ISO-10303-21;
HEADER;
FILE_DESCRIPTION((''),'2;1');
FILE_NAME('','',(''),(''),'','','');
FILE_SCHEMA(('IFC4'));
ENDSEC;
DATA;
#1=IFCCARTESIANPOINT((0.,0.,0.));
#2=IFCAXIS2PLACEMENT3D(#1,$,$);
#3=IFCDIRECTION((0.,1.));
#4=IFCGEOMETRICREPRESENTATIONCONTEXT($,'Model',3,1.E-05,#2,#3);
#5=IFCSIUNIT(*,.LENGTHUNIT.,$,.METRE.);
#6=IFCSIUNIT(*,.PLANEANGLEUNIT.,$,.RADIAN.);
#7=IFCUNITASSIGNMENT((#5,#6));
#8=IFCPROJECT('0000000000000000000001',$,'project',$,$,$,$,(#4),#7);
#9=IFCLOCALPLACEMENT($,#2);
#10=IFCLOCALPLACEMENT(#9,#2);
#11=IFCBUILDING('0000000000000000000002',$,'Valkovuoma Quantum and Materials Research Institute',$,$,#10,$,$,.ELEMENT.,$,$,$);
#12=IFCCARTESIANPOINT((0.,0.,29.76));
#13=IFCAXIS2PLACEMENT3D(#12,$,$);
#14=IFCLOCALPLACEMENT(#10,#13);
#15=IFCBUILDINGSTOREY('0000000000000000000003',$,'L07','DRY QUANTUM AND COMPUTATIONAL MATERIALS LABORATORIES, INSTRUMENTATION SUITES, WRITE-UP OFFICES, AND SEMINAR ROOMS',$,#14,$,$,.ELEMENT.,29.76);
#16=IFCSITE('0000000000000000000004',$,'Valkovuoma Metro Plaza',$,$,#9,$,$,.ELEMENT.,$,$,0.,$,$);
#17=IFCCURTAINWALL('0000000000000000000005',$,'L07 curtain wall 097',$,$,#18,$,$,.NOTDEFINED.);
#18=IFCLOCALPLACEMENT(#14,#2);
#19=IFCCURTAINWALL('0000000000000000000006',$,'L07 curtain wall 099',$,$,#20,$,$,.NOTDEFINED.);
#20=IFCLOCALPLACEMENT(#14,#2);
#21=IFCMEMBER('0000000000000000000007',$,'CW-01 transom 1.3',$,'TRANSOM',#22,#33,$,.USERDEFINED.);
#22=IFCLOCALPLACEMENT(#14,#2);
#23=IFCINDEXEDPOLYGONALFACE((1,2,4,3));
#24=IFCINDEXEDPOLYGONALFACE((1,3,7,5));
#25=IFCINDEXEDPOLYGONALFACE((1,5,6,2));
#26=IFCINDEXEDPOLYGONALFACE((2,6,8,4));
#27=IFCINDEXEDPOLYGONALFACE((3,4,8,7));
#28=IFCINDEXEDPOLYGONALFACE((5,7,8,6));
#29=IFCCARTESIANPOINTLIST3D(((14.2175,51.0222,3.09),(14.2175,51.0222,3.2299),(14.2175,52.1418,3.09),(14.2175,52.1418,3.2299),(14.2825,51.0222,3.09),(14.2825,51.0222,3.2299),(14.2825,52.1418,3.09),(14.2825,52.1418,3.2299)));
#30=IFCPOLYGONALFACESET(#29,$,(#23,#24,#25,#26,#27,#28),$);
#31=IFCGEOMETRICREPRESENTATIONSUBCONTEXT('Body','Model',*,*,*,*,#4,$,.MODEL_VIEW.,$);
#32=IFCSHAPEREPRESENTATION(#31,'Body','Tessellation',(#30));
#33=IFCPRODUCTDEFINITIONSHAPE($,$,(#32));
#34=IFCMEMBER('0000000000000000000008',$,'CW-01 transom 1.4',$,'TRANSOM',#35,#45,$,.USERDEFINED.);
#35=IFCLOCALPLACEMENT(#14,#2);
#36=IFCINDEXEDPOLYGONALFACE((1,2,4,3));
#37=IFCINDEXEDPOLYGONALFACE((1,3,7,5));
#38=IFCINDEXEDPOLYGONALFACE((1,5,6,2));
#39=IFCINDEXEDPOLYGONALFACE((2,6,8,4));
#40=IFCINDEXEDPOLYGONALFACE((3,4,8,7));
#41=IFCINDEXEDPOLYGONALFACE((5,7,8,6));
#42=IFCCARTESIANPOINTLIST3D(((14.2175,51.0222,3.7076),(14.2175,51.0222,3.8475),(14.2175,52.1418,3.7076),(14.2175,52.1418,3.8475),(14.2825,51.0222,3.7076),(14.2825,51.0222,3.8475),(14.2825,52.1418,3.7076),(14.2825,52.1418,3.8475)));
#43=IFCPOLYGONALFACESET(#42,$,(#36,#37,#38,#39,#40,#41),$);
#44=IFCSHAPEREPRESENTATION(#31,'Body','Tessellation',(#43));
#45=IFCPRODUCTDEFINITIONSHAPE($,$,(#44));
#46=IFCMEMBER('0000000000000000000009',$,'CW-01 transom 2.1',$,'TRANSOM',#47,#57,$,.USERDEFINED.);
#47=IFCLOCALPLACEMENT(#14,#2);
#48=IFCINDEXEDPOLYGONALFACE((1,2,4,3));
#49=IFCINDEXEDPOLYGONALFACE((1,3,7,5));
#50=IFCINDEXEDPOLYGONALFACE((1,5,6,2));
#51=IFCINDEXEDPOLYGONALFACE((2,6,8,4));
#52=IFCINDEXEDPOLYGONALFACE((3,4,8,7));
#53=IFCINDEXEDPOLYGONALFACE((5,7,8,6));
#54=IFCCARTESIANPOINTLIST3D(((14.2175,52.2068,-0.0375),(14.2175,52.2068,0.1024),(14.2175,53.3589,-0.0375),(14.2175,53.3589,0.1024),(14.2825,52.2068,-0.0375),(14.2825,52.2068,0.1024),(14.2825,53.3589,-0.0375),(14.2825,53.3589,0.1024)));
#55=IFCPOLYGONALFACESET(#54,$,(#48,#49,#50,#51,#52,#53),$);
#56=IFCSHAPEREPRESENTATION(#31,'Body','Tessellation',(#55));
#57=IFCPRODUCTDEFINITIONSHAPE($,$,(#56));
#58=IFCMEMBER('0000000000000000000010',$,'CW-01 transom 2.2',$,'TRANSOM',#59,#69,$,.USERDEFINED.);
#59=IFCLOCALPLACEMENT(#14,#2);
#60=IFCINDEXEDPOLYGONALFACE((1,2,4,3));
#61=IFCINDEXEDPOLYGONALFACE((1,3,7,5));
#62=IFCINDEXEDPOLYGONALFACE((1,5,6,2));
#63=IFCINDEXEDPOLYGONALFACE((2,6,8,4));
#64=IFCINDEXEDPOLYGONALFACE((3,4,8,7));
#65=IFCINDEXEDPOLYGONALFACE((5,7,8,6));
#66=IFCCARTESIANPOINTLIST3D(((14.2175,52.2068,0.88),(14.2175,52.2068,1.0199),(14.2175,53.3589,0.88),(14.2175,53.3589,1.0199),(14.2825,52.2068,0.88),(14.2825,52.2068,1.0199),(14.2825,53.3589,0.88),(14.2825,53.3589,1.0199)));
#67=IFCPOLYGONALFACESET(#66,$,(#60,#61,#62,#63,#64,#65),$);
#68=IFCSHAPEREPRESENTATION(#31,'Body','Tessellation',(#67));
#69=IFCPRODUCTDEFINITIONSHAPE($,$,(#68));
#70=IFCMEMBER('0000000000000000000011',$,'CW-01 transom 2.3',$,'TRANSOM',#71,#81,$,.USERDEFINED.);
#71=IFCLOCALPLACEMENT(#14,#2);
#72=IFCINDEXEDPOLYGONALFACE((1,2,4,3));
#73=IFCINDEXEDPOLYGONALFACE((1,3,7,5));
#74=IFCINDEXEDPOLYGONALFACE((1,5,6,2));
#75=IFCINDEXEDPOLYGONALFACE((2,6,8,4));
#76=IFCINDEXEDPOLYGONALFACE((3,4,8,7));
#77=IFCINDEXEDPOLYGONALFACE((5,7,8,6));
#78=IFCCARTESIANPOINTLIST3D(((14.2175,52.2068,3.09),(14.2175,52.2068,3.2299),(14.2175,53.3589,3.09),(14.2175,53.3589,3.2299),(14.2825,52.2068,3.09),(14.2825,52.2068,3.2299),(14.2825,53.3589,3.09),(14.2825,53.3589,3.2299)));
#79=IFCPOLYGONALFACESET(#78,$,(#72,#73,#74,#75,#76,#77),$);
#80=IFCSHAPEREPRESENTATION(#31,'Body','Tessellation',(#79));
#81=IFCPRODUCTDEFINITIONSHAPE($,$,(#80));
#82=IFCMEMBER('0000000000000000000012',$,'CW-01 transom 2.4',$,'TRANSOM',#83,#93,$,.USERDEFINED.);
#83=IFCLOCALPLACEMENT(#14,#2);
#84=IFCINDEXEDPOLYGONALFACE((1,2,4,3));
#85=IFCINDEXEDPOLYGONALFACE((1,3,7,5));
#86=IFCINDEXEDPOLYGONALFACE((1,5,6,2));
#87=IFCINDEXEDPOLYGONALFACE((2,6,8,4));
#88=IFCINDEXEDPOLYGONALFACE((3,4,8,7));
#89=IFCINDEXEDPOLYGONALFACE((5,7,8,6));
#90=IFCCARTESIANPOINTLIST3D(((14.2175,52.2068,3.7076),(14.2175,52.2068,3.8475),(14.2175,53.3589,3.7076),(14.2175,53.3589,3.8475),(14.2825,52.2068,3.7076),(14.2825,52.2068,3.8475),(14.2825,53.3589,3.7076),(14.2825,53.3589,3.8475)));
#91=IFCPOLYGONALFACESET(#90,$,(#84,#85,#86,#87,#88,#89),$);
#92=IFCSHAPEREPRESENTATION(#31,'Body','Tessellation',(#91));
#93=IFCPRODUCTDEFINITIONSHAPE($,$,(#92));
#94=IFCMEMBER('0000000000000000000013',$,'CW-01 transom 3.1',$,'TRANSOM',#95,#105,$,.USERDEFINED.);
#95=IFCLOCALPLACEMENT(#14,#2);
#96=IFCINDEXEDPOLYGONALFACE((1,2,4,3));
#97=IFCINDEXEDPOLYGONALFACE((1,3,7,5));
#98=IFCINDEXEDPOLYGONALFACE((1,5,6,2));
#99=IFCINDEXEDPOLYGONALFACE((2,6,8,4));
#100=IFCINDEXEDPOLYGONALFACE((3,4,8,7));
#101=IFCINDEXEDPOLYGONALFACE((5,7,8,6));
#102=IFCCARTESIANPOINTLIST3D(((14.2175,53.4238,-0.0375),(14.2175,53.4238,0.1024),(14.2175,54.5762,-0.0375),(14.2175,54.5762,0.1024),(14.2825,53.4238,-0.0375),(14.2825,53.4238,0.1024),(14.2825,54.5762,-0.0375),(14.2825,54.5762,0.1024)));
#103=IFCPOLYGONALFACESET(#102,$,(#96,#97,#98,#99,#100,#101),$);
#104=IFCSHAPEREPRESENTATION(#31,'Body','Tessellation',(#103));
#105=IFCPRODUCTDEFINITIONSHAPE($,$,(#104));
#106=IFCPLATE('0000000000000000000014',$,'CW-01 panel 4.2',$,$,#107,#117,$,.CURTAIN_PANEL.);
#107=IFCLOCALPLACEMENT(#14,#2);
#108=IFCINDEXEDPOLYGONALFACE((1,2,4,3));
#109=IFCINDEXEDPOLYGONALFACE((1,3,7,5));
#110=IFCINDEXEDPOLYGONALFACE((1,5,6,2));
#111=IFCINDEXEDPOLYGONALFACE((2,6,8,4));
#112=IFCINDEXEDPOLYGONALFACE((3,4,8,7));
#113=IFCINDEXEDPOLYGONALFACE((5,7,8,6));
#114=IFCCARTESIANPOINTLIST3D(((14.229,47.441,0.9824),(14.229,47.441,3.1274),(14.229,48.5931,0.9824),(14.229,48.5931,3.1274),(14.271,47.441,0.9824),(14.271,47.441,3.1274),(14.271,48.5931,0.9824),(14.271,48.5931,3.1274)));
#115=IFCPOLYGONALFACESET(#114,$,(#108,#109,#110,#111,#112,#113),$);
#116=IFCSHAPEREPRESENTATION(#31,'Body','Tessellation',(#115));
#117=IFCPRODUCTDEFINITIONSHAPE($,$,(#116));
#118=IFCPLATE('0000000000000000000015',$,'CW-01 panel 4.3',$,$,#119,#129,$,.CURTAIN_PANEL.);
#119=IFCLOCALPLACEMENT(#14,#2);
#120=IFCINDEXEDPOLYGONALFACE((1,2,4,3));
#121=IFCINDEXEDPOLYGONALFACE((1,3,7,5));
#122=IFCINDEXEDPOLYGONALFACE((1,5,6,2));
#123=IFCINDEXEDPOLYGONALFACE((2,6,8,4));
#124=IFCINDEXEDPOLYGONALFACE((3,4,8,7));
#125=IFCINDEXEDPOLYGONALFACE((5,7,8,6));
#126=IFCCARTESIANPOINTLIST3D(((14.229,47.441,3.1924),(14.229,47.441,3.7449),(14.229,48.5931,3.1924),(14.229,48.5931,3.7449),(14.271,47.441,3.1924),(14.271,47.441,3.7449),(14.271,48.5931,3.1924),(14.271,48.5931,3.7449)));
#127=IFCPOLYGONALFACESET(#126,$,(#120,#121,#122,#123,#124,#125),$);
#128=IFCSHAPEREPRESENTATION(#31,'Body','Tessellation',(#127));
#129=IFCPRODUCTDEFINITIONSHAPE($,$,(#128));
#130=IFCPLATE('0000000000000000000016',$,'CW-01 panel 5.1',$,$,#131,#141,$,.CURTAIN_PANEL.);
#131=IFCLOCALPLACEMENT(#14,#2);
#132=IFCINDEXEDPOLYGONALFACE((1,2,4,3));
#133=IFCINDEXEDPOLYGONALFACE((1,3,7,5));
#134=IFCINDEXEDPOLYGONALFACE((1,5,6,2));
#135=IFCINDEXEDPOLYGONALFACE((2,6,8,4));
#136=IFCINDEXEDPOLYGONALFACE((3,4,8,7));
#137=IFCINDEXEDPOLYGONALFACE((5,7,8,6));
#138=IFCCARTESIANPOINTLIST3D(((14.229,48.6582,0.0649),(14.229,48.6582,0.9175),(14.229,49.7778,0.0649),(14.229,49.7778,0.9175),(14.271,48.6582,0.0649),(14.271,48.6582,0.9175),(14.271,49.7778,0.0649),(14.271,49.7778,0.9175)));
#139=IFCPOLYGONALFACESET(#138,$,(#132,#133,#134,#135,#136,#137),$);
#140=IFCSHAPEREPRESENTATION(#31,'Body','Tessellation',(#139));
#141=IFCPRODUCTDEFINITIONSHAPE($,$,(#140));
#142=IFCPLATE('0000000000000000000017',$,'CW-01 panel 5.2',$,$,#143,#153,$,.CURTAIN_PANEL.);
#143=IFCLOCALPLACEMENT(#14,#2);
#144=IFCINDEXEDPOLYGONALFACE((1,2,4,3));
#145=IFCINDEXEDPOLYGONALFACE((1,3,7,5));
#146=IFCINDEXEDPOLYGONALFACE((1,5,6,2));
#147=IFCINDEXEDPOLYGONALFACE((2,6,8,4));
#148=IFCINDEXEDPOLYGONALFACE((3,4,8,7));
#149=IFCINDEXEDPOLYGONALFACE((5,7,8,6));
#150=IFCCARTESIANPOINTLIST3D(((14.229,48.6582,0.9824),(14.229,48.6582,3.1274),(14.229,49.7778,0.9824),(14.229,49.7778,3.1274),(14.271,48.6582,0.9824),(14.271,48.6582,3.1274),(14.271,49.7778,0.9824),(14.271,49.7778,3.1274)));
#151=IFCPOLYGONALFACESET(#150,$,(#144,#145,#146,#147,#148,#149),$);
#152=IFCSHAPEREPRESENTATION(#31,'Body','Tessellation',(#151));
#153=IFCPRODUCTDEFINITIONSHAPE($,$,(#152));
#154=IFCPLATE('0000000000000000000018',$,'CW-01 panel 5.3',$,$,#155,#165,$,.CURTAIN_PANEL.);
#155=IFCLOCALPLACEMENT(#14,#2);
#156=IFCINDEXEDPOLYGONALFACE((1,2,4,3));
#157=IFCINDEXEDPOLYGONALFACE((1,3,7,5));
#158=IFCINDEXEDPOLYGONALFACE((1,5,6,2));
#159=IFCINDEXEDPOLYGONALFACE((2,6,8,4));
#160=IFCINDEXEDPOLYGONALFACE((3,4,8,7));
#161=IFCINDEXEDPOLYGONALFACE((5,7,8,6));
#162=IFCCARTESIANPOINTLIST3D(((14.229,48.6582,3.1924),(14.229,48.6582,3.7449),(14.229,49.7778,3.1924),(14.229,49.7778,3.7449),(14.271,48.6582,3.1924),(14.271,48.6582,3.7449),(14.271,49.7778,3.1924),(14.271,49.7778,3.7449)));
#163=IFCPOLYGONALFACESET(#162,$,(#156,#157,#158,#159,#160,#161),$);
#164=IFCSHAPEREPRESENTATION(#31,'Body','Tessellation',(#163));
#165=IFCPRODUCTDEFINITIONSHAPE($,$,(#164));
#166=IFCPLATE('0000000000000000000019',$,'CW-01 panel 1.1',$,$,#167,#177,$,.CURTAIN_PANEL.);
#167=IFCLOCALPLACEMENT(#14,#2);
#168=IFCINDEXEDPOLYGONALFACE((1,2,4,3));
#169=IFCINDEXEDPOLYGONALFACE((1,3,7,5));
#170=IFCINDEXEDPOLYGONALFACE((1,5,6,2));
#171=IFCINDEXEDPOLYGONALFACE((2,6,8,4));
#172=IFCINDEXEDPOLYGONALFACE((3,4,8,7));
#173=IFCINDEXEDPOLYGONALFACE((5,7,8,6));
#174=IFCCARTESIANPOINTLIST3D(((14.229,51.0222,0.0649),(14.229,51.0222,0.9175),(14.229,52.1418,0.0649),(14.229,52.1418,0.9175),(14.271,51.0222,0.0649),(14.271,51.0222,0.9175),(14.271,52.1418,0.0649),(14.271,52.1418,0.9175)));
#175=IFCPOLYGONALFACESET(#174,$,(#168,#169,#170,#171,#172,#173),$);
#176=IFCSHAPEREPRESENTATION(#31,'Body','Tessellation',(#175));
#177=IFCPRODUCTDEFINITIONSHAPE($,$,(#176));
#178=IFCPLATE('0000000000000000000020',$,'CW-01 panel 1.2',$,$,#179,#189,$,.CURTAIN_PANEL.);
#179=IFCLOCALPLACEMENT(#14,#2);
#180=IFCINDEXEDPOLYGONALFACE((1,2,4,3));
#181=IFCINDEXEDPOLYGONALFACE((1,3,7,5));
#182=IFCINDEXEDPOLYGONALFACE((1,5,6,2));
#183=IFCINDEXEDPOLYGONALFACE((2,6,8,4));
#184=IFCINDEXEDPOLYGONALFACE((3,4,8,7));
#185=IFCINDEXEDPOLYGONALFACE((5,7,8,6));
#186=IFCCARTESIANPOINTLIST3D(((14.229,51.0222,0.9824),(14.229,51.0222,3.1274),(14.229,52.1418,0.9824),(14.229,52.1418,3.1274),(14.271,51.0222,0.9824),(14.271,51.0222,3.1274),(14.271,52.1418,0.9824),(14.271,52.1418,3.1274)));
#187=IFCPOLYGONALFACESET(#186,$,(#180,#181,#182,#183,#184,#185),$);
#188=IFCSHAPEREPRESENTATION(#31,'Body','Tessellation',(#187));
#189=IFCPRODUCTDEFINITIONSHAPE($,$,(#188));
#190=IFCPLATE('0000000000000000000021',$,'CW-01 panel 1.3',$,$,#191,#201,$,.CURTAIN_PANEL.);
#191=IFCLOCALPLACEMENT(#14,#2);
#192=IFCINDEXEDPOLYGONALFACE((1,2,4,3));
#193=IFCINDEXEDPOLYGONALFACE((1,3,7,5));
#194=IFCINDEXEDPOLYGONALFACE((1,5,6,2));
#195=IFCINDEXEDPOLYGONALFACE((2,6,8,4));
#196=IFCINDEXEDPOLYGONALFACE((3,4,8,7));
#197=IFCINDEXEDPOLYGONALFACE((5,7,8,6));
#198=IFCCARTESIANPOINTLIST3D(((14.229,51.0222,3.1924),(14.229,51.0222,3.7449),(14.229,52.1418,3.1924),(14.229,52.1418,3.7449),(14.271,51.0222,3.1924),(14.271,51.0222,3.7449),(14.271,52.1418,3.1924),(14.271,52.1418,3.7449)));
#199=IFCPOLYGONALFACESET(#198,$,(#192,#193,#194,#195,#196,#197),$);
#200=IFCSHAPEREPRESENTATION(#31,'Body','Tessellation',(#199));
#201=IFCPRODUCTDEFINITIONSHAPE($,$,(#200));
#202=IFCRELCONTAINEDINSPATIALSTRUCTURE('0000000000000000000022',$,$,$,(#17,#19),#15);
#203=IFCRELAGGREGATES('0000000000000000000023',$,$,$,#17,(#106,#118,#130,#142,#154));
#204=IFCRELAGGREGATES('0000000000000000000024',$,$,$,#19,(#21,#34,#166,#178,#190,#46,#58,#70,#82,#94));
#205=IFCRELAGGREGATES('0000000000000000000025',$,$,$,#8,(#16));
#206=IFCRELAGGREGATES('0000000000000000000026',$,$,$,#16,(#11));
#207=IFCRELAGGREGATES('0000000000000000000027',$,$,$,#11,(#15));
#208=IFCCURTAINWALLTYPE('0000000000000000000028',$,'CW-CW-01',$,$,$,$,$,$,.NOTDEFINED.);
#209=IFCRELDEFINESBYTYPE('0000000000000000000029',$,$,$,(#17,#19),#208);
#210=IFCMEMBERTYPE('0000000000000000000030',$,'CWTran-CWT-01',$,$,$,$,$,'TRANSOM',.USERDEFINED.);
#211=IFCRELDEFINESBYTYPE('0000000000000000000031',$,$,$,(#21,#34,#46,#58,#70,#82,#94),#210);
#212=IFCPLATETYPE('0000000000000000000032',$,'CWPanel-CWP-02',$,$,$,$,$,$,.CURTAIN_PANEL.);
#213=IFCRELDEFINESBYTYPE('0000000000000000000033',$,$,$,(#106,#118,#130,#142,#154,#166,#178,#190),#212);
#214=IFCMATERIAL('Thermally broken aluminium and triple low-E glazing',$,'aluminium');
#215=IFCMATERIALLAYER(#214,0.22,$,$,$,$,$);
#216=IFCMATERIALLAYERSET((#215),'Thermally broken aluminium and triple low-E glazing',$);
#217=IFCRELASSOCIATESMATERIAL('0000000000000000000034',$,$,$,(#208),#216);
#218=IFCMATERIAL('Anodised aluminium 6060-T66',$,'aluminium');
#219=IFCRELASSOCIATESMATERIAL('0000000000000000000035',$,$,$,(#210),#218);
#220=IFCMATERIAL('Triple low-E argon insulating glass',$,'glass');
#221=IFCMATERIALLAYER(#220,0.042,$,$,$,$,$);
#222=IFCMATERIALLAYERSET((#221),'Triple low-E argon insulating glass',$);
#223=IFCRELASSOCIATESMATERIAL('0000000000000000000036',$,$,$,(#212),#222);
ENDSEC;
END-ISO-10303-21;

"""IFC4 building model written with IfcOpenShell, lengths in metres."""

from ifc_helpers import new_model, si_unit, direction, frame, origin, origin_2d, place, context, subcontext, project, spatial, rectangle, extrude, material, layer, layer_set, material_profile, profile_set, type_object, element, aggregate, save


model = new_model("IFC4")

# Units and contexts
model_context = context("Model", 3, precision=1e-05, world=origin(), true_north=direction((0.0, 1.0)))
body_context = subcontext(model_context, "Body", "Model", "MODEL_VIEW")
ifc_project = project(units=[si_unit("LENGTHUNIT", "METRE"), si_unit("PLANEANGLEUNIT", "RADIAN")], contexts=[model_context])

# Site, building, storey
site_placement = place(None, origin())
site = spatial("IfcSite", under=ifc_project, at=site_placement, Name="Valkovuoma Metro Plaza", CompositionType="ELEMENT", RefElevation=0.0)
building_placement = place(site_placement, origin())
building = spatial("IfcBuilding", under=site, at=building_placement, Name="Valkovuoma Quantum and Materials Research Institute", CompositionType="ELEMENT")
storey_placement = place(building_placement, frame((0.0, 0.0, 29.76)))
storey = spatial("IfcBuildingStorey", under=building, at=storey_placement, Name="L07", Description="DRY QUANTUM AND COMPUTATIONAL MATERIALS LABORATORIES, INSTRUMENTATION SUITES, WRITE-UP OFFICES, AND SEMINAR ROOMS", CompositionType="ELEMENT", Elevation=29.76)

# Curtain walls
ifc_material_1 = material(Name="Thermally broken aluminium and triple low-E glazing", Category="aluminium")
ifc_layer_1 = layer(ifc_material_1, 0.22)
ifc_layer_set_1 = layer_set([ifc_layer_1], Name="Thermally broken aluminium and triple low-E glazing")
curtain_wall_type = type_object("IfcCurtainWallType", Name="CW-CW-01", PredefinedType="NOTDEFINED", material=ifc_layer_set_1)
curtain_wall_1_placement = place(storey_placement, origin())
curtain_wall_1 = element("IfcCurtainWall", 1, at=curtain_wall_1_placement, inside=storey, type_object=curtain_wall_type, Name="L07 curtain wall 097", PredefinedType="NOTDEFINED")
curtain_wall_2_placement = place(storey_placement, origin())
curtain_wall_2 = element("IfcCurtainWall", 2, at=curtain_wall_2_placement, inside=storey, type_object=curtain_wall_type, Name="L07 curtain wall 099", PredefinedType="NOTDEFINED")

# Members
ifc_material_2 = material(Name="Anodised aluminium 6060-T66", Category="aluminium")
ifc_material_profile_1 = material_profile(ifc_material_2, rectangle(XDim=0.0649, YDim=0.1399, at=origin_2d()), Name="Anodised aluminium 6060-T66")
ifc_profile_set_1 = profile_set([ifc_material_profile_1], Name="Anodised aluminium 6060-T66")
member_type_1 = type_object("IfcMemberType", Name="CWTran-CWT-01", ElementType="TRANSOM", PredefinedType="USERDEFINED", material=ifc_profile_set_1)
member_1_placement = place(storey_placement, frame((14.25, 51.0222, 3.1599), z_axis=(0.0, 1.0, 0.0), x_axis=(-1.0, 0.0, 0.0)))
member_1 = element("IfcMember", 3, at=member_1_placement, type_object=member_type_1, Name="CW-01 transom 1.3", ObjectType="TRANSOM", PredefinedType="USERDEFINED", context=body_context, shape_type="SweptSolid", body=[
    extrude(rectangle(XDim=0.0649, YDim=0.1399, at=origin_2d()), origin(), (0.0, 0.0, 1.0), 1.1196),
])
member_2_placement = place(storey_placement, frame((14.25, 51.0222, 3.7776), z_axis=(0.0, 1.0, 0.0), x_axis=(-1.0, 0.0, 0.0)))
member_2 = element("IfcMember", 4, at=member_2_placement, type_object=member_type_1, Name="CW-01 transom 1.4", ObjectType="TRANSOM", PredefinedType="USERDEFINED", context=body_context, shape_type="SweptSolid", body=[
    extrude(rectangle(XDim=0.0649, YDim=0.1399, at=origin_2d()), origin(), (0.0, 0.0, 1.0), 1.1196),
])
member_3_placement = place(storey_placement, frame((14.25, 52.2068, 0.0325), z_axis=(0.0, 1.0, 0.0), x_axis=(-1.0, 0.0, 0.0)))
member_3 = element("IfcMember", 5, at=member_3_placement, type_object=member_type_1, Name="CW-01 transom 2.1", ObjectType="TRANSOM", PredefinedType="USERDEFINED", context=body_context, shape_type="SweptSolid", body=[
    extrude(rectangle(XDim=0.0649, YDim=0.1399, at=origin_2d()), origin(), (0.0, 0.0, 1.0), 1.1521),
])
member_4_placement = place(storey_placement, frame((14.25, 52.2068, 0.95), z_axis=(0.0, 1.0, 0.0), x_axis=(-1.0, 0.0, 0.0)))
member_4 = element("IfcMember", 6, at=member_4_placement, type_object=member_type_1, Name="CW-01 transom 2.2", ObjectType="TRANSOM", PredefinedType="USERDEFINED", context=body_context, shape_type="SweptSolid", body=[
    extrude(rectangle(XDim=0.0649, YDim=0.1399, at=origin_2d()), origin(), (0.0, 0.0, 1.0), 1.1521),
])
member_5_placement = place(storey_placement, frame((14.25, 52.2068, 3.1599), z_axis=(0.0, 1.0, 0.0), x_axis=(-1.0, 0.0, 0.0)))
member_5 = element("IfcMember", 7, at=member_5_placement, type_object=member_type_1, Name="CW-01 transom 2.3", ObjectType="TRANSOM", PredefinedType="USERDEFINED", context=body_context, shape_type="SweptSolid", body=[
    extrude(rectangle(XDim=0.0649, YDim=0.1399, at=origin_2d()), origin(), (0.0, 0.0, 1.0), 1.1521),
])
member_6_placement = place(storey_placement, frame((14.25, 52.2068, 3.7776), z_axis=(0.0, 1.0, 0.0), x_axis=(-1.0, 0.0, 0.0)))
member_6 = element("IfcMember", 8, at=member_6_placement, type_object=member_type_1, Name="CW-01 transom 2.4", ObjectType="TRANSOM", PredefinedType="USERDEFINED", context=body_context, shape_type="SweptSolid", body=[
    extrude(rectangle(XDim=0.0649, YDim=0.1399, at=origin_2d()), origin(), (0.0, 0.0, 1.0), 1.1521),
])
member_7_placement = place(storey_placement, frame((14.25, 53.4238, 0.0325), z_axis=(0.0, 1.0, 0.0), x_axis=(-1.0, 0.0, 0.0)))
member_7 = element("IfcMember", 9, at=member_7_placement, type_object=member_type_1, Name="CW-01 transom 3.1", ObjectType="TRANSOM", PredefinedType="USERDEFINED", context=body_context, shape_type="SweptSolid", body=[
    extrude(rectangle(XDim=0.0649, YDim=0.1399, at=origin_2d()), origin(), (0.0, 0.0, 1.0), 1.1523),
])

# Plates
ifc_material_3 = material(Name="Triple low-E argon insulating glass", Category="glass")
ifc_layer_2 = layer(ifc_material_3, 0.042)
ifc_layer_set_2 = layer_set([ifc_layer_2], Name="Triple low-E argon insulating glass")
plate_type = type_object("IfcPlateType", Name="CWPanel-CWP-02", PredefinedType="CURTAIN_PANEL", material=ifc_layer_set_2)
plate_1_placement = place(storey_placement, frame((14.25, 48.0171, 0.9824), z_axis=(0.0, 0.0, 1.0), x_axis=(0.0, 1.0, 0.0)))
plate_1 = element("IfcPlate", 10, at=plate_1_placement, type_object=plate_type, Name="CW-01 panel 4.2", PredefinedType="CURTAIN_PANEL", context=body_context, shape_type="SweptSolid", body=[
    extrude(rectangle(XDim=1.1521, YDim=0.042, at=origin_2d()), origin(), (0.0, 0.0, 1.0), 2.145),
])
plate_2_placement = place(storey_placement, frame((14.25, 48.0171, 3.1924), z_axis=(0.0, 0.0, 1.0), x_axis=(0.0, 1.0, 0.0)))
plate_2 = element("IfcPlate", 11, at=plate_2_placement, type_object=plate_type, Name="CW-01 panel 4.3", PredefinedType="CURTAIN_PANEL", context=body_context, shape_type="SweptSolid", body=[
    extrude(rectangle(XDim=1.1521, YDim=0.042, at=origin_2d()), origin(), (0.0, 0.0, 1.0), 0.5525),
])
plate_3_placement = place(storey_placement, frame((14.25, 49.218, 0.0649), z_axis=(0.0, 0.0, 1.0), x_axis=(0.0, 1.0, 0.0)))
plate_3 = element("IfcPlate", 12, at=plate_3_placement, type_object=plate_type, Name="CW-01 panel 5.1", PredefinedType="CURTAIN_PANEL", context=body_context, shape_type="SweptSolid", body=[
    extrude(rectangle(XDim=1.1196, YDim=0.042, at=origin_2d()), origin(), (0.0, 0.0, 1.0), 0.8525),
])
plate_4_placement = place(storey_placement, frame((14.25, 49.218, 0.9824), z_axis=(0.0, 0.0, 1.0), x_axis=(0.0, 1.0, 0.0)))
plate_4 = element("IfcPlate", 13, at=plate_4_placement, type_object=plate_type, Name="CW-01 panel 5.2", PredefinedType="CURTAIN_PANEL", context=body_context, shape_type="SweptSolid", body=[
    extrude(rectangle(XDim=1.1196, YDim=0.042, at=origin_2d()), origin(), (0.0, 0.0, 1.0), 2.145),
])
plate_5_placement = place(storey_placement, frame((14.25, 49.218, 3.1924), z_axis=(0.0, 0.0, 1.0), x_axis=(0.0, 1.0, 0.0)))
plate_5 = element("IfcPlate", 14, at=plate_5_placement, type_object=plate_type, Name="CW-01 panel 5.3", PredefinedType="CURTAIN_PANEL", context=body_context, shape_type="SweptSolid", body=[
    extrude(rectangle(XDim=1.1196, YDim=0.042, at=origin_2d()), origin(), (0.0, 0.0, 1.0), 0.5525),
])
aggregate(curtain_wall_1, [plate_1, plate_2, plate_3, plate_4, plate_5])
plate_6_placement = place(storey_placement, frame((14.25, 51.582, 0.0649), z_axis=(0.0, 0.0, 1.0), x_axis=(0.0, 1.0, 0.0)))
plate_6 = element("IfcPlate", 15, at=plate_6_placement, type_object=plate_type, Name="CW-01 panel 1.1", PredefinedType="CURTAIN_PANEL", context=body_context, shape_type="SweptSolid", body=[
    extrude(rectangle(XDim=1.1196, YDim=0.042, at=origin_2d()), origin(), (0.0, 0.0, 1.0), 0.8525),
])
plate_7_placement = place(storey_placement, frame((14.25, 51.582, 0.9824), z_axis=(0.0, 0.0, 1.0), x_axis=(0.0, 1.0, 0.0)))
plate_7 = element("IfcPlate", 16, at=plate_7_placement, type_object=plate_type, Name="CW-01 panel 1.2", PredefinedType="CURTAIN_PANEL", context=body_context, shape_type="SweptSolid", body=[
    extrude(rectangle(XDim=1.1196, YDim=0.042, at=origin_2d()), origin(), (0.0, 0.0, 1.0), 2.145),
])
plate_8_placement = place(storey_placement, frame((14.25, 51.582, 3.1924), z_axis=(0.0, 0.0, 1.0), x_axis=(0.0, 1.0, 0.0)))
plate_8 = element("IfcPlate", 17, at=plate_8_placement, type_object=plate_type, Name="CW-01 panel 1.3", PredefinedType="CURTAIN_PANEL", context=body_context, shape_type="SweptSolid", body=[
    extrude(rectangle(XDim=1.1196, YDim=0.042, at=origin_2d()), origin(), (0.0, 0.0, 1.0), 0.5525),
])
aggregate(curtain_wall_2, [member_1, member_2, plate_6, plate_7, plate_8, member_3, member_4, member_5, member_6, member_7])

save(model, "model.ifc")
